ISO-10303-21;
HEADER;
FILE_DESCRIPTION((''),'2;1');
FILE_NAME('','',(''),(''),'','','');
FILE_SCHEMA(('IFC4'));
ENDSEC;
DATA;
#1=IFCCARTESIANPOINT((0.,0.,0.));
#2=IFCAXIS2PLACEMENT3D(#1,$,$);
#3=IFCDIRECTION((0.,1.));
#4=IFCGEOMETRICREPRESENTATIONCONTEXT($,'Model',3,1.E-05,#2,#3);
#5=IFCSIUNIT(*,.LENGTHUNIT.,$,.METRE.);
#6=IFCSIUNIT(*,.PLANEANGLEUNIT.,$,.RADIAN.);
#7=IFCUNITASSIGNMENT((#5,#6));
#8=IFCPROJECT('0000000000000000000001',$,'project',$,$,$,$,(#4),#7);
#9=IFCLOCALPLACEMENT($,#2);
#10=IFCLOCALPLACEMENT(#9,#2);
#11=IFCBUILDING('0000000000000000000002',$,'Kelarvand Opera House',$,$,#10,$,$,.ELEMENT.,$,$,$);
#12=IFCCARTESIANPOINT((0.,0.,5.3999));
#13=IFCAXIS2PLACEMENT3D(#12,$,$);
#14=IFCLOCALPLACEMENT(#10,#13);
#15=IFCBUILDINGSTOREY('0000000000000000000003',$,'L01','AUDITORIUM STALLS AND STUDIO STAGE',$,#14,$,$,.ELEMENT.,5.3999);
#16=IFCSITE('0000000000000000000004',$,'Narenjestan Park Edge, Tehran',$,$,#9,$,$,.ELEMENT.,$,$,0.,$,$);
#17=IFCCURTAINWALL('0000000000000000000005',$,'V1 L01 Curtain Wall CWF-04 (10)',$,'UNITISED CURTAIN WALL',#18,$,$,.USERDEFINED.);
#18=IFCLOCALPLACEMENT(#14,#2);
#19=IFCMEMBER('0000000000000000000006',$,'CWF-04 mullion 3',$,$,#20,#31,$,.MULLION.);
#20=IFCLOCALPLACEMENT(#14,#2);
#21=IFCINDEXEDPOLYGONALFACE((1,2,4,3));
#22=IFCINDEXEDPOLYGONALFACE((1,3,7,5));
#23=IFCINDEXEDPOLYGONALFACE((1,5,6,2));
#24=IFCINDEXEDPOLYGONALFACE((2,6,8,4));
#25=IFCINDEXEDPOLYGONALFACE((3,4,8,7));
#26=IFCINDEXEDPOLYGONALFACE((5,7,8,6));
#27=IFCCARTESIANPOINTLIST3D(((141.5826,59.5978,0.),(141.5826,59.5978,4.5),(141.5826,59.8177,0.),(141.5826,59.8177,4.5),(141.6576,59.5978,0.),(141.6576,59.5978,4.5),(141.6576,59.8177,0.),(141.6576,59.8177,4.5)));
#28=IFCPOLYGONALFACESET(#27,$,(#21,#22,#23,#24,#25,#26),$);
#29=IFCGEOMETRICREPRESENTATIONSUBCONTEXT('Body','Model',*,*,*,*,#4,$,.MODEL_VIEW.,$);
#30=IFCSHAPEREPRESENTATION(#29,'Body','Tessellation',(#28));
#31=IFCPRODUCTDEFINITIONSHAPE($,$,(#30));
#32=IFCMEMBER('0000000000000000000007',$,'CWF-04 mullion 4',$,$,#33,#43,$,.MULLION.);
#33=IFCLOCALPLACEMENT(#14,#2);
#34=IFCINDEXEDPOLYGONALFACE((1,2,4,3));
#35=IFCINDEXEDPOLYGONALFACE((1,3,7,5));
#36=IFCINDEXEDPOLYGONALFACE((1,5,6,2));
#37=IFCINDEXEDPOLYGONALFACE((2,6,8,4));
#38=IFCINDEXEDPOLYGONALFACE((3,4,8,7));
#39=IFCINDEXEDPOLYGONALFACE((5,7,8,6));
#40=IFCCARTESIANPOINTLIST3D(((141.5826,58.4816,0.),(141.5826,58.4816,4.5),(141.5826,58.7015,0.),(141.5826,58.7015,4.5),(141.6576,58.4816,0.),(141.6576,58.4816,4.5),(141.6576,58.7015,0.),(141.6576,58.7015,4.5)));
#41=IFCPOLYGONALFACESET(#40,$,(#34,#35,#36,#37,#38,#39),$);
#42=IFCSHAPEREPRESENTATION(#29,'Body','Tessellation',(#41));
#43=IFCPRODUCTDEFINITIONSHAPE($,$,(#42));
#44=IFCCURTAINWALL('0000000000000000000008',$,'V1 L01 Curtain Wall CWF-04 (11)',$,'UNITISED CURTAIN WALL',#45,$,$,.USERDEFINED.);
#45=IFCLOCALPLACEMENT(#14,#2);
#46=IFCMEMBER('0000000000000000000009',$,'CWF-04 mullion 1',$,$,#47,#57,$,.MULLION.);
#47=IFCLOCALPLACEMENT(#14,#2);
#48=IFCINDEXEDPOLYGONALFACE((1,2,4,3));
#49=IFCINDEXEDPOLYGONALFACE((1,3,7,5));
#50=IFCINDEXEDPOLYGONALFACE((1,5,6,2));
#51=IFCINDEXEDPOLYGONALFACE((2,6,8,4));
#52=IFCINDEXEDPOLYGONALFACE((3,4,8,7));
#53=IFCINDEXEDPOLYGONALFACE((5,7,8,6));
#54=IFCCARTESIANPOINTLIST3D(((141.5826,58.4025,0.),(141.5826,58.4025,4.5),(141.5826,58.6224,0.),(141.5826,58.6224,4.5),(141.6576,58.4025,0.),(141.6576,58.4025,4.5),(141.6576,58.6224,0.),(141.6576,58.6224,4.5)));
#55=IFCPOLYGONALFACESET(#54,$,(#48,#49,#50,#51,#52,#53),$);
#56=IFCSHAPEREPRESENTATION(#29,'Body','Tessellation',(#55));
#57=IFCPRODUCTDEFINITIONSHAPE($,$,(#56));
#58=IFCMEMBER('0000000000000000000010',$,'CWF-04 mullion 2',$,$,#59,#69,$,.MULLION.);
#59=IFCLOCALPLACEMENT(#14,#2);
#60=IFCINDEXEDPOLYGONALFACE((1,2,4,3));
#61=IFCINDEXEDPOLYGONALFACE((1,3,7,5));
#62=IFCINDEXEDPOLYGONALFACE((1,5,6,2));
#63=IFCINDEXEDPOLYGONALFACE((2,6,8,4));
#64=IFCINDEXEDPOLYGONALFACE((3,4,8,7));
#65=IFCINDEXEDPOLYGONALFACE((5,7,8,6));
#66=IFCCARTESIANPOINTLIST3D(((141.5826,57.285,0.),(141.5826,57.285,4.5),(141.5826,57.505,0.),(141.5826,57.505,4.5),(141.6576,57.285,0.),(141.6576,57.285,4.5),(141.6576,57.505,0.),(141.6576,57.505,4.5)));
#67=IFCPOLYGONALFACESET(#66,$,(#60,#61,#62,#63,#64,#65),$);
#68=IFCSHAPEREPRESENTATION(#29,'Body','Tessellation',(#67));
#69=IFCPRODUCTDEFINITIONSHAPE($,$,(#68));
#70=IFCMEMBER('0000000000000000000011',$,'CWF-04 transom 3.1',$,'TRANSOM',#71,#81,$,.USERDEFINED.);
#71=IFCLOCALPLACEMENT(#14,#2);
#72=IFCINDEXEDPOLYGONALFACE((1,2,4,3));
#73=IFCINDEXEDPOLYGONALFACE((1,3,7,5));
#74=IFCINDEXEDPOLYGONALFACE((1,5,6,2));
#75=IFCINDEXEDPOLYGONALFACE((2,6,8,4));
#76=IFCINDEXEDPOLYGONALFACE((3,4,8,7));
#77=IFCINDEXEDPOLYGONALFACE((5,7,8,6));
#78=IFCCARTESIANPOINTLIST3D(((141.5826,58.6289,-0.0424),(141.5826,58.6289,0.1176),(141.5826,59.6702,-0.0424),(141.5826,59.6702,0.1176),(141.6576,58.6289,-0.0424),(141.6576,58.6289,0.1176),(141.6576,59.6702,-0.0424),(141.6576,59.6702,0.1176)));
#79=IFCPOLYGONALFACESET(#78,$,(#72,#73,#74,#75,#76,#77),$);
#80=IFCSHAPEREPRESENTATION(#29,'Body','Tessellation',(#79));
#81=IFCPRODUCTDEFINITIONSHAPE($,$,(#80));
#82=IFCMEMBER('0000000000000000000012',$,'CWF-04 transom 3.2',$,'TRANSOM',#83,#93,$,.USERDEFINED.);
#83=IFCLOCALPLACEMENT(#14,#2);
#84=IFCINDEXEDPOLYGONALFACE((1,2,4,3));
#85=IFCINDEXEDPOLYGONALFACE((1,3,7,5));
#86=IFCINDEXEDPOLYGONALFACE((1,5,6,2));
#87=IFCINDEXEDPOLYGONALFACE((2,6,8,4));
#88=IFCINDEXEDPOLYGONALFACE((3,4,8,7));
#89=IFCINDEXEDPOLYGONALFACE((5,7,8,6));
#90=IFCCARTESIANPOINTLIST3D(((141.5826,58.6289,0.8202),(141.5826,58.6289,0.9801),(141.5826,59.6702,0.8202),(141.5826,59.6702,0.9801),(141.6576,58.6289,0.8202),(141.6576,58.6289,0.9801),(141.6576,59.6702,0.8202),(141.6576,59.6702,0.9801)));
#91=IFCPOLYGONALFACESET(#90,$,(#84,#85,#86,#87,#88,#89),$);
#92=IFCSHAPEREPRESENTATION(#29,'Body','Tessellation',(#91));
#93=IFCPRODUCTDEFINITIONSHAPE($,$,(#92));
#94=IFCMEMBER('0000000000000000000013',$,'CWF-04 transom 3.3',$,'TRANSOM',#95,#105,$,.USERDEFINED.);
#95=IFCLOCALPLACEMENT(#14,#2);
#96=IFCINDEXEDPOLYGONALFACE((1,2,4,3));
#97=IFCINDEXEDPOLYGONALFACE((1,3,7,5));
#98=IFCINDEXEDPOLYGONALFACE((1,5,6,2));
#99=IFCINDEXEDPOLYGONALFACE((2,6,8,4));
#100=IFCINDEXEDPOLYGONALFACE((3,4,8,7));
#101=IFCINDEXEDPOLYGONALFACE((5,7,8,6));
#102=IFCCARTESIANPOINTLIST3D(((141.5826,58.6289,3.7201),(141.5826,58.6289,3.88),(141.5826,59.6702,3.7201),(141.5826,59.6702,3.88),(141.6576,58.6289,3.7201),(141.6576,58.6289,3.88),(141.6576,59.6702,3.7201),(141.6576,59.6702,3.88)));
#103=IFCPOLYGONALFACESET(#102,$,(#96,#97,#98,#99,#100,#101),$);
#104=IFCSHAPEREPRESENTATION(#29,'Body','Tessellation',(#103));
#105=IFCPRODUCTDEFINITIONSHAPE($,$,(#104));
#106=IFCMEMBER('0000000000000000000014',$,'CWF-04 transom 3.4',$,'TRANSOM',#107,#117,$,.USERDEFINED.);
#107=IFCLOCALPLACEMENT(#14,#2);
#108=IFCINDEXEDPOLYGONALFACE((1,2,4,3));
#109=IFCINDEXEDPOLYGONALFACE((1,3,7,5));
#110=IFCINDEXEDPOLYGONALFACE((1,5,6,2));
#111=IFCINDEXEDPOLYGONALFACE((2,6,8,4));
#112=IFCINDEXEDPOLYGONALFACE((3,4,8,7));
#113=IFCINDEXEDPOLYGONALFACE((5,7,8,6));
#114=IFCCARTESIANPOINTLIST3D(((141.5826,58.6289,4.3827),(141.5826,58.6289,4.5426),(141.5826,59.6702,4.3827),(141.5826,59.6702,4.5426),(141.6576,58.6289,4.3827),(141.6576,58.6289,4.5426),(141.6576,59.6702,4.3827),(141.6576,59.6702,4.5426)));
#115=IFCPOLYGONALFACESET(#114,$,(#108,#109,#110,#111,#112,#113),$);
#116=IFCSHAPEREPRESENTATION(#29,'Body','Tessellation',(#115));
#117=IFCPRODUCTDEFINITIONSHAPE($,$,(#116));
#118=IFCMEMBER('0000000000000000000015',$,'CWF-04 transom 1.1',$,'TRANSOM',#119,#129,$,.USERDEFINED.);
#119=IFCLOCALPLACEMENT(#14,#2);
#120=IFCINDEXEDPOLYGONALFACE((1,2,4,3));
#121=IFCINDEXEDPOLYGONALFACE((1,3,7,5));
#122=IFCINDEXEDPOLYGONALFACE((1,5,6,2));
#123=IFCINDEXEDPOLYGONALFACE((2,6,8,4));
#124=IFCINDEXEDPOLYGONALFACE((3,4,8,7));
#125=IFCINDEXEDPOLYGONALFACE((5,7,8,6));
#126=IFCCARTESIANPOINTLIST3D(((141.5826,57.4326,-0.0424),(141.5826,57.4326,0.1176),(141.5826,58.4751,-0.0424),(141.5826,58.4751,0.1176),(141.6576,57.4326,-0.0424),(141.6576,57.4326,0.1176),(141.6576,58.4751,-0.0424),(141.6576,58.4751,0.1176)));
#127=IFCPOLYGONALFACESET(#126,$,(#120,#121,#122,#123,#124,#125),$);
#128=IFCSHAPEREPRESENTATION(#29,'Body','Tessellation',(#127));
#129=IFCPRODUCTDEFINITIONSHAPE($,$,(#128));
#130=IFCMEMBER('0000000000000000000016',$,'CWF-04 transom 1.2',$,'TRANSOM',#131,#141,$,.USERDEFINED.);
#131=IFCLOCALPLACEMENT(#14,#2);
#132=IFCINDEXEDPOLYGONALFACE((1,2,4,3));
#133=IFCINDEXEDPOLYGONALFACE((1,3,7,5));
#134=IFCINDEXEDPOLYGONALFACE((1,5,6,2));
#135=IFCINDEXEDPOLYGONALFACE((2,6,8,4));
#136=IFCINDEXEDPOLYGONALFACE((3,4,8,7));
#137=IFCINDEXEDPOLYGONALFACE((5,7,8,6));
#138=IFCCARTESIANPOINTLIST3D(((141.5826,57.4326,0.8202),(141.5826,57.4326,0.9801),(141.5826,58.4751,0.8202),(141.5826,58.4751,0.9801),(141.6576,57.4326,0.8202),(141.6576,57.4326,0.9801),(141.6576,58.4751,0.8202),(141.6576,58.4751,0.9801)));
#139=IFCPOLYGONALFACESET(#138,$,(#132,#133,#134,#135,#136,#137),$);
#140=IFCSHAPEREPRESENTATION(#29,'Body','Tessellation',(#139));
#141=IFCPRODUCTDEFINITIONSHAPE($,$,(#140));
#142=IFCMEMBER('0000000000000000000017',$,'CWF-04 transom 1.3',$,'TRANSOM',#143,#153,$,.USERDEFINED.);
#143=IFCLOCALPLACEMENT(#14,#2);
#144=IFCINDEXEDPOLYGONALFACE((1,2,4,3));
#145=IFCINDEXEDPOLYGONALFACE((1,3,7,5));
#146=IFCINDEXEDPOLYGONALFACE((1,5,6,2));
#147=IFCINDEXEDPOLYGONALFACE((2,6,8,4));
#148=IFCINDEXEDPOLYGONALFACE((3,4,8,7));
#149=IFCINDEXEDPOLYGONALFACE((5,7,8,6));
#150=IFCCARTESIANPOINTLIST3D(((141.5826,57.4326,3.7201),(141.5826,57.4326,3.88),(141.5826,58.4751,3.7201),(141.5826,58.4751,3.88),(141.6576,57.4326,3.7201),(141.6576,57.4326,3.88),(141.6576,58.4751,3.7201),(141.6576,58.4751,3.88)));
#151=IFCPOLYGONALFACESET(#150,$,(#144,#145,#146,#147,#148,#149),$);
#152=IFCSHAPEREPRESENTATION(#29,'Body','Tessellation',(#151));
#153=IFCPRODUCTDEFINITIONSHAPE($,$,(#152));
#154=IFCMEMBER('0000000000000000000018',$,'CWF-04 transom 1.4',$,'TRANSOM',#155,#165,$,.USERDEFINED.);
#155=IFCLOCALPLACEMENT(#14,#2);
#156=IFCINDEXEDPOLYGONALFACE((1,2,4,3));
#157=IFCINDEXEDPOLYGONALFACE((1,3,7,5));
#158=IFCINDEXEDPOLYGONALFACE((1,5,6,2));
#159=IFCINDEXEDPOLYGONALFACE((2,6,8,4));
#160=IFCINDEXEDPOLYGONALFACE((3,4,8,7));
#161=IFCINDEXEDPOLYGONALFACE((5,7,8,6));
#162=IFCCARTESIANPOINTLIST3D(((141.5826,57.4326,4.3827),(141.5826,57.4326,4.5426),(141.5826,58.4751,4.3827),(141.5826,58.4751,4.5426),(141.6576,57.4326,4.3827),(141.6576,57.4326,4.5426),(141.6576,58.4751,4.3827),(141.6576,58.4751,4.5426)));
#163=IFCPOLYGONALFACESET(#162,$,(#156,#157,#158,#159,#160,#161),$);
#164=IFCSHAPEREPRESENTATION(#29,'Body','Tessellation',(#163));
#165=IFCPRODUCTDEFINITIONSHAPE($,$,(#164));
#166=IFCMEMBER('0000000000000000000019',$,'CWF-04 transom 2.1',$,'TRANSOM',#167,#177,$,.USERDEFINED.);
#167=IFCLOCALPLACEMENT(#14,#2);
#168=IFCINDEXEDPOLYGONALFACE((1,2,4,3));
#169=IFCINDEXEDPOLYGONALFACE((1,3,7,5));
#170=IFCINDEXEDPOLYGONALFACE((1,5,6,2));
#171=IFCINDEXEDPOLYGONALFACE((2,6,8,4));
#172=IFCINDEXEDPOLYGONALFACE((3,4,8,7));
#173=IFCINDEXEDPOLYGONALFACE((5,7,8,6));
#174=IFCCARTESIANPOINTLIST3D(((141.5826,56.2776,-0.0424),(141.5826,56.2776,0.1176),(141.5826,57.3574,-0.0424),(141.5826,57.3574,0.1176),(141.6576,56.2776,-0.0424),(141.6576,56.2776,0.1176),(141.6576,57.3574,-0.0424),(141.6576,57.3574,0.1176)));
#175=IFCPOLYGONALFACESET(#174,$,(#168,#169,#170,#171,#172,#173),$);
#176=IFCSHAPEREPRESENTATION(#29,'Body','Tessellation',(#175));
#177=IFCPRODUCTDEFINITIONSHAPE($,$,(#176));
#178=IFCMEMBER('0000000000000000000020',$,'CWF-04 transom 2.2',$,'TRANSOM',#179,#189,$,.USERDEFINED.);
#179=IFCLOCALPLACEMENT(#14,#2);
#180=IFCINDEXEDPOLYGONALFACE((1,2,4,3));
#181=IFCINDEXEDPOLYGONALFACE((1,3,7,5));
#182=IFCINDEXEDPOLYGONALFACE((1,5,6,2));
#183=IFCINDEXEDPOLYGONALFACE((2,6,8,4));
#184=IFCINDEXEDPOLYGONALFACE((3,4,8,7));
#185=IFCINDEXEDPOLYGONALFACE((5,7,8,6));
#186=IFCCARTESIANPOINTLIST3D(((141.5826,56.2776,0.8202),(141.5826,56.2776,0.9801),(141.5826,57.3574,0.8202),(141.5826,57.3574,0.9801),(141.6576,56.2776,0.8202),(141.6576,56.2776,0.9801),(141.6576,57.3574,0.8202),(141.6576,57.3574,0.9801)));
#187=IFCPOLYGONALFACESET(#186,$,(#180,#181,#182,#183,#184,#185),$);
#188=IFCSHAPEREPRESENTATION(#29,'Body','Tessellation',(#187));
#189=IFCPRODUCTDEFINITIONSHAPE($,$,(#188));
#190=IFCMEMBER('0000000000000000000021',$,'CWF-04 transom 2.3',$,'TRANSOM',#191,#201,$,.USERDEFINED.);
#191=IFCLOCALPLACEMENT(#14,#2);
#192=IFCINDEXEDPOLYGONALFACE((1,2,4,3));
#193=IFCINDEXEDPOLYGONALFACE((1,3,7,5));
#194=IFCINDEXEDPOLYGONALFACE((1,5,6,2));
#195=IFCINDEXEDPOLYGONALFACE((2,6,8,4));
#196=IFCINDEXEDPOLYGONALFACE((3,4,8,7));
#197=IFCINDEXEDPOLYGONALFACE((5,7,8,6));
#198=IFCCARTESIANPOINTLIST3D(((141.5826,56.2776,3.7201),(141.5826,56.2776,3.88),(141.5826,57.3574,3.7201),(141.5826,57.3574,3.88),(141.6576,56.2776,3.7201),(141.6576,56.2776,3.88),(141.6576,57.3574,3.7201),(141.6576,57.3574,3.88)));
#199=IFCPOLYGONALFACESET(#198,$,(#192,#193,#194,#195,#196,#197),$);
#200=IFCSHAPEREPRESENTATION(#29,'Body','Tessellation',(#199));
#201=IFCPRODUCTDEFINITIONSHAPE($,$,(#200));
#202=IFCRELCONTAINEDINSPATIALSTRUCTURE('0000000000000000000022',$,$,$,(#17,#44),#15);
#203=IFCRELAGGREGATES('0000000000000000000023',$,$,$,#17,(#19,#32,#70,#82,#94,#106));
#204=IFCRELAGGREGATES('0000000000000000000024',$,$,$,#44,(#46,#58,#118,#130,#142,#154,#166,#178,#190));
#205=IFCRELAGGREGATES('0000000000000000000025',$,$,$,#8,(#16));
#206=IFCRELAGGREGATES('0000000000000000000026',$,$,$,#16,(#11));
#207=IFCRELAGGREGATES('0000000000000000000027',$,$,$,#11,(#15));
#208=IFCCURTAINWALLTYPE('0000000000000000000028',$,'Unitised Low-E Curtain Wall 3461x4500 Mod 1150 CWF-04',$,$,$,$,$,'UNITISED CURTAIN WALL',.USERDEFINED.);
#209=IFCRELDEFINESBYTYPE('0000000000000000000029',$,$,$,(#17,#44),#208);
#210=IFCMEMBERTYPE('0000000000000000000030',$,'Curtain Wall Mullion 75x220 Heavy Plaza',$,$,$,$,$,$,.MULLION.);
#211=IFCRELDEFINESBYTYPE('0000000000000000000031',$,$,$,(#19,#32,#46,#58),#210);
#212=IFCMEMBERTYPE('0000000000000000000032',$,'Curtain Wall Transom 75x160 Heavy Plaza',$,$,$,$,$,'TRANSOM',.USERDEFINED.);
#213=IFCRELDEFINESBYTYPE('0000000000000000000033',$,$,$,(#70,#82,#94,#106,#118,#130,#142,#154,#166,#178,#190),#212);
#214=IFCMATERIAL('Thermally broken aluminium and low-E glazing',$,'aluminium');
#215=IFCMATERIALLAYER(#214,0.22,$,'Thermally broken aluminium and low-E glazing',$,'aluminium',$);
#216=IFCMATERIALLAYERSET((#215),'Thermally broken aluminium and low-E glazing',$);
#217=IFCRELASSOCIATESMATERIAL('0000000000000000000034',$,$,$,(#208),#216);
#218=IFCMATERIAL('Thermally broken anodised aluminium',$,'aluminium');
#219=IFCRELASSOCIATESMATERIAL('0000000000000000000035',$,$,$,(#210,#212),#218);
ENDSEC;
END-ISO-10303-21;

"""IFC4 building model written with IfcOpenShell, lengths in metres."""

from ifc_helpers import new_model, si_unit, direction, frame, origin, origin_2d, place, context, subcontext, project, spatial, rectangle, extrude, material, layer, layer_set, material_profile, profile_set, type_object, element, aggregate, save


model = new_model("IFC4")

# Units and contexts
model_context = context("Model", 3, precision=1e-05, world=origin(), true_north=direction((0.0, 1.0)))
body_context = subcontext(model_context, "Body", "Model", "MODEL_VIEW")
ifc_project = project(units=[si_unit("LENGTHUNIT", "METRE"), si_unit("PLANEANGLEUNIT", "RADIAN")], contexts=[model_context])

# Site, building, storey
site_placement = place(None, origin())
site = spatial("IfcSite", under=ifc_project, at=site_placement, Name="Narenjestan Park Edge, Tehran", CompositionType="ELEMENT", RefElevation=0.0)
building_placement = place(site_placement, origin())
building = spatial("IfcBuilding", under=site, at=building_placement, Name="Kelarvand Opera House", CompositionType="ELEMENT")
storey_placement = place(building_placement, frame((0.0, 0.0, 5.3999)))
storey = spatial("IfcBuildingStorey", under=building, at=storey_placement, Name="L01", Description="AUDITORIUM STALLS AND STUDIO STAGE", CompositionType="ELEMENT", Elevation=5.3999)

# Curtain walls, members
ifc_material_1 = material(Name="Thermally broken aluminium and low-E glazing", Category="aluminium")
ifc_layer_1 = layer(ifc_material_1, 0.22, Name="Thermally broken aluminium and low-E glazing", Category="aluminium")
ifc_layer_set_1 = layer_set([ifc_layer_1], Name="Thermally broken aluminium and low-E glazing")
curtain_wall_type = type_object("IfcCurtainWallType", Name="Unitised Low-E Curtain Wall 3461x4500 Mod 1150 CWF-04", ElementType="UNITISED CURTAIN WALL", PredefinedType="USERDEFINED", material=ifc_layer_set_1)
curtain_wall_1_placement = place(storey_placement, origin())
curtain_wall_1 = element("IfcCurtainWall", 1, at=curtain_wall_1_placement, inside=storey, type_object=curtain_wall_type, Name="V1 L01 Curtain Wall CWF-04 (10)", ObjectType="UNITISED CURTAIN WALL", PredefinedType="USERDEFINED")
ifc_material_2 = material(Name="Thermally broken anodised aluminium", Category="aluminium")
ifc_material_profile_1 = material_profile(ifc_material_2, rectangle(XDim=0.075, YDim=0.22, at=origin_2d()), Name="ALU MULLION 75x220", Category="aluminium")
ifc_profile_set_1 = profile_set([ifc_material_profile_1], Name="Thermally broken anodised aluminium")
member_type_1 = type_object("IfcMemberType", Name="Curtain Wall Mullion 75x220 Heavy Plaza", PredefinedType="MULLION", material=ifc_profile_set_1)
member_1_placement = place(storey_placement, frame((141.6201, 59.7078, 0.0), z_axis=(0.0, 0.0, 1.0), x_axis=(1.0, 0.0, 0.0)))
member_1 = element("IfcMember", 2, at=member_1_placement, type_object=member_type_1, Name="CWF-04 mullion 3", PredefinedType="MULLION", context=body_context, shape_type="SweptSolid", body=[
    extrude(rectangle(XDim=0.075, YDim=0.22, at=origin_2d()), origin(), (0.0, 0.0, 1.0), 4.5),
])
member_2_placement = place(storey_placement, frame((141.6201, 58.5916, 0.0), z_axis=(0.0, 0.0, 1.0), x_axis=(1.0, 0.0, 0.0)))
member_2 = element("IfcMember", 3, at=member_2_placement, type_object=member_type_1, Name="CWF-04 mullion 4", PredefinedType="MULLION", context=body_context, shape_type="SweptSolid", body=[
    extrude(rectangle(XDim=0.075, YDim=0.22, at=origin_2d()), origin(), (0.0, 0.0, 1.0), 4.5),
])
curtain_wall_2_placement = place(storey_placement, origin())
curtain_wall_2 = element("IfcCurtainWall", 4, at=curtain_wall_2_placement, inside=storey, type_object=curtain_wall_type, Name="V1 L01 Curtain Wall CWF-04 (11)", ObjectType="UNITISED CURTAIN WALL", PredefinedType="USERDEFINED")
member_3_placement = place(storey_placement, frame((141.6201, 58.5125, 0.0), z_axis=(0.0, 0.0, 1.0), x_axis=(1.0, 0.0, 0.0)))
member_3 = element("IfcMember", 5, at=member_3_placement, type_object=member_type_1, Name="CWF-04 mullion 1", PredefinedType="MULLION", context=body_context, shape_type="SweptSolid", body=[
    extrude(rectangle(XDim=0.075, YDim=0.22, at=origin_2d()), origin(), (0.0, 0.0, 1.0), 4.5),
])
member_4_placement = place(storey_placement, frame((141.6201, 57.395, 0.0), z_axis=(0.0, 0.0, 1.0), x_axis=(1.0, 0.0, 0.0)))
member_4 = element("IfcMember", 6, at=member_4_placement, type_object=member_type_1, Name="CWF-04 mullion 2", PredefinedType="MULLION", context=body_context, shape_type="SweptSolid", body=[
    extrude(rectangle(XDim=0.075, YDim=0.22, at=origin_2d()), origin(), (0.0, 0.0, 1.0), 4.5),
])

# Members
ifc_material_profile_2 = material_profile(ifc_material_2, rectangle(XDim=0.075, YDim=0.1599, at=origin_2d()), Name="ALU TRANSOM 75x160", Category="aluminium")
ifc_profile_set_2 = profile_set([ifc_material_profile_2], Name="Thermally broken anodised aluminium")
member_type_2 = type_object("IfcMemberType", Name="Curtain Wall Transom 75x160 Heavy Plaza", ElementType="TRANSOM", PredefinedType="USERDEFINED", material=ifc_profile_set_2)
member_5_placement = place(storey_placement, frame((141.6201, 59.6702, 0.0376), z_axis=(0.0, -1.0, 0.0), x_axis=(1.0, 0.0, 0.0)))
member_5 = element("IfcMember", 7, at=member_5_placement, type_object=member_type_2, Name="CWF-04 transom 3.1", ObjectType="TRANSOM", PredefinedType="USERDEFINED", context=body_context, shape_type="SweptSolid", body=[
    extrude(rectangle(XDim=0.075, YDim=0.1599, at=origin_2d()), origin(), (0.0, 0.0, 1.0), 1.0413),
])
member_6_placement = place(storey_placement, frame((141.6201, 59.6702, 0.9001), z_axis=(0.0, -1.0, 0.0), x_axis=(1.0, 0.0, 0.0)))
member_6 = element("IfcMember", 8, at=member_6_placement, type_object=member_type_2, Name="CWF-04 transom 3.2", ObjectType="TRANSOM", PredefinedType="USERDEFINED", context=body_context, shape_type="SweptSolid", body=[
    extrude(rectangle(XDim=0.075, YDim=0.1599, at=origin_2d()), origin(), (0.0, 0.0, 1.0), 1.0413),
])
member_7_placement = place(storey_placement, frame((141.6201, 59.6702, 3.8), z_axis=(0.0, -1.0, 0.0), x_axis=(1.0, 0.0, 0.0)))
member_7 = element("IfcMember", 9, at=member_7_placement, type_object=member_type_2, Name="CWF-04 transom 3.3", ObjectType="TRANSOM", PredefinedType="USERDEFINED", context=body_context, shape_type="SweptSolid", body=[
    extrude(rectangle(XDim=0.075, YDim=0.1599, at=origin_2d()), origin(), (0.0, 0.0, 1.0), 1.0413),
])
member_8_placement = place(storey_placement, frame((141.6201, 59.6702, 4.4626), z_axis=(0.0, -1.0, 0.0), x_axis=(1.0, 0.0, 0.0)))
member_8 = element("IfcMember", 10, at=member_8_placement, type_object=member_type_2, Name="CWF-04 transom 3.4", ObjectType="TRANSOM", PredefinedType="USERDEFINED", context=body_context, shape_type="SweptSolid", body=[
    extrude(rectangle(XDim=0.075, YDim=0.1599, at=origin_2d()), origin(), (0.0, 0.0, 1.0), 1.0413),
])
member_9_placement = place(storey_placement, frame((141.6201, 58.4751, 0.0376), z_axis=(0.0, -1.0, 0.0), x_axis=(1.0, 0.0, 0.0)))
member_9 = element("IfcMember", 11, at=member_9_placement, type_object=member_type_2, Name="CWF-04 transom 1.1", ObjectType="TRANSOM", PredefinedType="USERDEFINED", context=body_context, shape_type="SweptSolid", body=[
    extrude(rectangle(XDim=0.075, YDim=0.1599, at=origin_2d()), origin(), (0.0, 0.0, 1.0), 1.0425),
])
member_10_placement = place(storey_placement, frame((141.6201, 58.4751, 0.9001), z_axis=(0.0, -1.0, 0.0), x_axis=(1.0, 0.0, 0.0)))
member_10 = element("IfcMember", 12, at=member_10_placement, type_object=member_type_2, Name="CWF-04 transom 1.2", ObjectType="TRANSOM", PredefinedType="USERDEFINED", context=body_context, shape_type="SweptSolid", body=[
    extrude(rectangle(XDim=0.075, YDim=0.1599, at=origin_2d()), origin(), (0.0, 0.0, 1.0), 1.0425),
])
member_11_placement = place(storey_placement, frame((141.6201, 58.4751, 3.8), z_axis=(0.0, -1.0, 0.0), x_axis=(1.0, 0.0, 0.0)))
member_11 = element("IfcMember", 13, at=member_11_placement, type_object=member_type_2, Name="CWF-04 transom 1.3", ObjectType="TRANSOM", PredefinedType="USERDEFINED", context=body_context, shape_type="SweptSolid", body=[
    extrude(rectangle(XDim=0.075, YDim=0.1599, at=origin_2d()), origin(), (0.0, 0.0, 1.0), 1.0425),
])
member_12_placement = place(storey_placement, frame((141.6201, 58.4751, 4.4626), z_axis=(0.0, -1.0, 0.0), x_axis=(1.0, 0.0, 0.0)))
member_12 = element("IfcMember", 14, at=member_12_placement, type_object=member_type_2, Name="CWF-04 transom 1.4", ObjectType="TRANSOM", PredefinedType="USERDEFINED", context=body_context, shape_type="SweptSolid", body=[
    extrude(rectangle(XDim=0.075, YDim=0.1599, at=origin_2d()), origin(), (0.0, 0.0, 1.0), 1.0425),
])
member_13_placement = place(storey_placement, frame((141.6201, 57.3574, 0.0376), z_axis=(0.0, -1.0, 0.0), x_axis=(1.0, 0.0, 0.0)))
member_13 = element("IfcMember", 15, at=member_13_placement, type_object=member_type_2, Name="CWF-04 transom 2.1", ObjectType="TRANSOM", PredefinedType="USERDEFINED", context=body_context, shape_type="SweptSolid", body=[
    extrude(rectangle(XDim=0.075, YDim=0.1599, at=origin_2d()), origin(), (0.0, 0.0, 1.0), 1.0798),
])
member_14_placement = place(storey_placement, frame((141.6201, 57.3574, 0.9001), z_axis=(0.0, -1.0, 0.0), x_axis=(1.0, 0.0, 0.0)))
member_14 = element("IfcMember", 16, at=member_14_placement, type_object=member_type_2, Name="CWF-04 transom 2.2", ObjectType="TRANSOM", PredefinedType="USERDEFINED", context=body_context, shape_type="SweptSolid", body=[
    extrude(rectangle(XDim=0.075, YDim=0.1599, at=origin_2d()), origin(), (0.0, 0.0, 1.0), 1.0798),
])
member_15_placement = place(storey_placement, frame((141.6201, 57.3574, 3.8), z_axis=(0.0, -1.0, 0.0), x_axis=(1.0, 0.0, 0.0)))
member_15 = element("IfcMember", 17, at=member_15_placement, type_object=member_type_2, Name="CWF-04 transom 2.3", ObjectType="TRANSOM", PredefinedType="USERDEFINED", context=body_context, shape_type="SweptSolid", body=[
    extrude(rectangle(XDim=0.075, YDim=0.1599, at=origin_2d()), origin(), (0.0, 0.0, 1.0), 1.0798),
])

aggregate(curtain_wall_1, [member_1, member_2, member_5, member_6, member_7, member_8])
aggregate(curtain_wall_2, [member_3, member_4, member_9, member_10, member_11, member_12, member_13, member_14, member_15])

save(model, "model.ifc")
